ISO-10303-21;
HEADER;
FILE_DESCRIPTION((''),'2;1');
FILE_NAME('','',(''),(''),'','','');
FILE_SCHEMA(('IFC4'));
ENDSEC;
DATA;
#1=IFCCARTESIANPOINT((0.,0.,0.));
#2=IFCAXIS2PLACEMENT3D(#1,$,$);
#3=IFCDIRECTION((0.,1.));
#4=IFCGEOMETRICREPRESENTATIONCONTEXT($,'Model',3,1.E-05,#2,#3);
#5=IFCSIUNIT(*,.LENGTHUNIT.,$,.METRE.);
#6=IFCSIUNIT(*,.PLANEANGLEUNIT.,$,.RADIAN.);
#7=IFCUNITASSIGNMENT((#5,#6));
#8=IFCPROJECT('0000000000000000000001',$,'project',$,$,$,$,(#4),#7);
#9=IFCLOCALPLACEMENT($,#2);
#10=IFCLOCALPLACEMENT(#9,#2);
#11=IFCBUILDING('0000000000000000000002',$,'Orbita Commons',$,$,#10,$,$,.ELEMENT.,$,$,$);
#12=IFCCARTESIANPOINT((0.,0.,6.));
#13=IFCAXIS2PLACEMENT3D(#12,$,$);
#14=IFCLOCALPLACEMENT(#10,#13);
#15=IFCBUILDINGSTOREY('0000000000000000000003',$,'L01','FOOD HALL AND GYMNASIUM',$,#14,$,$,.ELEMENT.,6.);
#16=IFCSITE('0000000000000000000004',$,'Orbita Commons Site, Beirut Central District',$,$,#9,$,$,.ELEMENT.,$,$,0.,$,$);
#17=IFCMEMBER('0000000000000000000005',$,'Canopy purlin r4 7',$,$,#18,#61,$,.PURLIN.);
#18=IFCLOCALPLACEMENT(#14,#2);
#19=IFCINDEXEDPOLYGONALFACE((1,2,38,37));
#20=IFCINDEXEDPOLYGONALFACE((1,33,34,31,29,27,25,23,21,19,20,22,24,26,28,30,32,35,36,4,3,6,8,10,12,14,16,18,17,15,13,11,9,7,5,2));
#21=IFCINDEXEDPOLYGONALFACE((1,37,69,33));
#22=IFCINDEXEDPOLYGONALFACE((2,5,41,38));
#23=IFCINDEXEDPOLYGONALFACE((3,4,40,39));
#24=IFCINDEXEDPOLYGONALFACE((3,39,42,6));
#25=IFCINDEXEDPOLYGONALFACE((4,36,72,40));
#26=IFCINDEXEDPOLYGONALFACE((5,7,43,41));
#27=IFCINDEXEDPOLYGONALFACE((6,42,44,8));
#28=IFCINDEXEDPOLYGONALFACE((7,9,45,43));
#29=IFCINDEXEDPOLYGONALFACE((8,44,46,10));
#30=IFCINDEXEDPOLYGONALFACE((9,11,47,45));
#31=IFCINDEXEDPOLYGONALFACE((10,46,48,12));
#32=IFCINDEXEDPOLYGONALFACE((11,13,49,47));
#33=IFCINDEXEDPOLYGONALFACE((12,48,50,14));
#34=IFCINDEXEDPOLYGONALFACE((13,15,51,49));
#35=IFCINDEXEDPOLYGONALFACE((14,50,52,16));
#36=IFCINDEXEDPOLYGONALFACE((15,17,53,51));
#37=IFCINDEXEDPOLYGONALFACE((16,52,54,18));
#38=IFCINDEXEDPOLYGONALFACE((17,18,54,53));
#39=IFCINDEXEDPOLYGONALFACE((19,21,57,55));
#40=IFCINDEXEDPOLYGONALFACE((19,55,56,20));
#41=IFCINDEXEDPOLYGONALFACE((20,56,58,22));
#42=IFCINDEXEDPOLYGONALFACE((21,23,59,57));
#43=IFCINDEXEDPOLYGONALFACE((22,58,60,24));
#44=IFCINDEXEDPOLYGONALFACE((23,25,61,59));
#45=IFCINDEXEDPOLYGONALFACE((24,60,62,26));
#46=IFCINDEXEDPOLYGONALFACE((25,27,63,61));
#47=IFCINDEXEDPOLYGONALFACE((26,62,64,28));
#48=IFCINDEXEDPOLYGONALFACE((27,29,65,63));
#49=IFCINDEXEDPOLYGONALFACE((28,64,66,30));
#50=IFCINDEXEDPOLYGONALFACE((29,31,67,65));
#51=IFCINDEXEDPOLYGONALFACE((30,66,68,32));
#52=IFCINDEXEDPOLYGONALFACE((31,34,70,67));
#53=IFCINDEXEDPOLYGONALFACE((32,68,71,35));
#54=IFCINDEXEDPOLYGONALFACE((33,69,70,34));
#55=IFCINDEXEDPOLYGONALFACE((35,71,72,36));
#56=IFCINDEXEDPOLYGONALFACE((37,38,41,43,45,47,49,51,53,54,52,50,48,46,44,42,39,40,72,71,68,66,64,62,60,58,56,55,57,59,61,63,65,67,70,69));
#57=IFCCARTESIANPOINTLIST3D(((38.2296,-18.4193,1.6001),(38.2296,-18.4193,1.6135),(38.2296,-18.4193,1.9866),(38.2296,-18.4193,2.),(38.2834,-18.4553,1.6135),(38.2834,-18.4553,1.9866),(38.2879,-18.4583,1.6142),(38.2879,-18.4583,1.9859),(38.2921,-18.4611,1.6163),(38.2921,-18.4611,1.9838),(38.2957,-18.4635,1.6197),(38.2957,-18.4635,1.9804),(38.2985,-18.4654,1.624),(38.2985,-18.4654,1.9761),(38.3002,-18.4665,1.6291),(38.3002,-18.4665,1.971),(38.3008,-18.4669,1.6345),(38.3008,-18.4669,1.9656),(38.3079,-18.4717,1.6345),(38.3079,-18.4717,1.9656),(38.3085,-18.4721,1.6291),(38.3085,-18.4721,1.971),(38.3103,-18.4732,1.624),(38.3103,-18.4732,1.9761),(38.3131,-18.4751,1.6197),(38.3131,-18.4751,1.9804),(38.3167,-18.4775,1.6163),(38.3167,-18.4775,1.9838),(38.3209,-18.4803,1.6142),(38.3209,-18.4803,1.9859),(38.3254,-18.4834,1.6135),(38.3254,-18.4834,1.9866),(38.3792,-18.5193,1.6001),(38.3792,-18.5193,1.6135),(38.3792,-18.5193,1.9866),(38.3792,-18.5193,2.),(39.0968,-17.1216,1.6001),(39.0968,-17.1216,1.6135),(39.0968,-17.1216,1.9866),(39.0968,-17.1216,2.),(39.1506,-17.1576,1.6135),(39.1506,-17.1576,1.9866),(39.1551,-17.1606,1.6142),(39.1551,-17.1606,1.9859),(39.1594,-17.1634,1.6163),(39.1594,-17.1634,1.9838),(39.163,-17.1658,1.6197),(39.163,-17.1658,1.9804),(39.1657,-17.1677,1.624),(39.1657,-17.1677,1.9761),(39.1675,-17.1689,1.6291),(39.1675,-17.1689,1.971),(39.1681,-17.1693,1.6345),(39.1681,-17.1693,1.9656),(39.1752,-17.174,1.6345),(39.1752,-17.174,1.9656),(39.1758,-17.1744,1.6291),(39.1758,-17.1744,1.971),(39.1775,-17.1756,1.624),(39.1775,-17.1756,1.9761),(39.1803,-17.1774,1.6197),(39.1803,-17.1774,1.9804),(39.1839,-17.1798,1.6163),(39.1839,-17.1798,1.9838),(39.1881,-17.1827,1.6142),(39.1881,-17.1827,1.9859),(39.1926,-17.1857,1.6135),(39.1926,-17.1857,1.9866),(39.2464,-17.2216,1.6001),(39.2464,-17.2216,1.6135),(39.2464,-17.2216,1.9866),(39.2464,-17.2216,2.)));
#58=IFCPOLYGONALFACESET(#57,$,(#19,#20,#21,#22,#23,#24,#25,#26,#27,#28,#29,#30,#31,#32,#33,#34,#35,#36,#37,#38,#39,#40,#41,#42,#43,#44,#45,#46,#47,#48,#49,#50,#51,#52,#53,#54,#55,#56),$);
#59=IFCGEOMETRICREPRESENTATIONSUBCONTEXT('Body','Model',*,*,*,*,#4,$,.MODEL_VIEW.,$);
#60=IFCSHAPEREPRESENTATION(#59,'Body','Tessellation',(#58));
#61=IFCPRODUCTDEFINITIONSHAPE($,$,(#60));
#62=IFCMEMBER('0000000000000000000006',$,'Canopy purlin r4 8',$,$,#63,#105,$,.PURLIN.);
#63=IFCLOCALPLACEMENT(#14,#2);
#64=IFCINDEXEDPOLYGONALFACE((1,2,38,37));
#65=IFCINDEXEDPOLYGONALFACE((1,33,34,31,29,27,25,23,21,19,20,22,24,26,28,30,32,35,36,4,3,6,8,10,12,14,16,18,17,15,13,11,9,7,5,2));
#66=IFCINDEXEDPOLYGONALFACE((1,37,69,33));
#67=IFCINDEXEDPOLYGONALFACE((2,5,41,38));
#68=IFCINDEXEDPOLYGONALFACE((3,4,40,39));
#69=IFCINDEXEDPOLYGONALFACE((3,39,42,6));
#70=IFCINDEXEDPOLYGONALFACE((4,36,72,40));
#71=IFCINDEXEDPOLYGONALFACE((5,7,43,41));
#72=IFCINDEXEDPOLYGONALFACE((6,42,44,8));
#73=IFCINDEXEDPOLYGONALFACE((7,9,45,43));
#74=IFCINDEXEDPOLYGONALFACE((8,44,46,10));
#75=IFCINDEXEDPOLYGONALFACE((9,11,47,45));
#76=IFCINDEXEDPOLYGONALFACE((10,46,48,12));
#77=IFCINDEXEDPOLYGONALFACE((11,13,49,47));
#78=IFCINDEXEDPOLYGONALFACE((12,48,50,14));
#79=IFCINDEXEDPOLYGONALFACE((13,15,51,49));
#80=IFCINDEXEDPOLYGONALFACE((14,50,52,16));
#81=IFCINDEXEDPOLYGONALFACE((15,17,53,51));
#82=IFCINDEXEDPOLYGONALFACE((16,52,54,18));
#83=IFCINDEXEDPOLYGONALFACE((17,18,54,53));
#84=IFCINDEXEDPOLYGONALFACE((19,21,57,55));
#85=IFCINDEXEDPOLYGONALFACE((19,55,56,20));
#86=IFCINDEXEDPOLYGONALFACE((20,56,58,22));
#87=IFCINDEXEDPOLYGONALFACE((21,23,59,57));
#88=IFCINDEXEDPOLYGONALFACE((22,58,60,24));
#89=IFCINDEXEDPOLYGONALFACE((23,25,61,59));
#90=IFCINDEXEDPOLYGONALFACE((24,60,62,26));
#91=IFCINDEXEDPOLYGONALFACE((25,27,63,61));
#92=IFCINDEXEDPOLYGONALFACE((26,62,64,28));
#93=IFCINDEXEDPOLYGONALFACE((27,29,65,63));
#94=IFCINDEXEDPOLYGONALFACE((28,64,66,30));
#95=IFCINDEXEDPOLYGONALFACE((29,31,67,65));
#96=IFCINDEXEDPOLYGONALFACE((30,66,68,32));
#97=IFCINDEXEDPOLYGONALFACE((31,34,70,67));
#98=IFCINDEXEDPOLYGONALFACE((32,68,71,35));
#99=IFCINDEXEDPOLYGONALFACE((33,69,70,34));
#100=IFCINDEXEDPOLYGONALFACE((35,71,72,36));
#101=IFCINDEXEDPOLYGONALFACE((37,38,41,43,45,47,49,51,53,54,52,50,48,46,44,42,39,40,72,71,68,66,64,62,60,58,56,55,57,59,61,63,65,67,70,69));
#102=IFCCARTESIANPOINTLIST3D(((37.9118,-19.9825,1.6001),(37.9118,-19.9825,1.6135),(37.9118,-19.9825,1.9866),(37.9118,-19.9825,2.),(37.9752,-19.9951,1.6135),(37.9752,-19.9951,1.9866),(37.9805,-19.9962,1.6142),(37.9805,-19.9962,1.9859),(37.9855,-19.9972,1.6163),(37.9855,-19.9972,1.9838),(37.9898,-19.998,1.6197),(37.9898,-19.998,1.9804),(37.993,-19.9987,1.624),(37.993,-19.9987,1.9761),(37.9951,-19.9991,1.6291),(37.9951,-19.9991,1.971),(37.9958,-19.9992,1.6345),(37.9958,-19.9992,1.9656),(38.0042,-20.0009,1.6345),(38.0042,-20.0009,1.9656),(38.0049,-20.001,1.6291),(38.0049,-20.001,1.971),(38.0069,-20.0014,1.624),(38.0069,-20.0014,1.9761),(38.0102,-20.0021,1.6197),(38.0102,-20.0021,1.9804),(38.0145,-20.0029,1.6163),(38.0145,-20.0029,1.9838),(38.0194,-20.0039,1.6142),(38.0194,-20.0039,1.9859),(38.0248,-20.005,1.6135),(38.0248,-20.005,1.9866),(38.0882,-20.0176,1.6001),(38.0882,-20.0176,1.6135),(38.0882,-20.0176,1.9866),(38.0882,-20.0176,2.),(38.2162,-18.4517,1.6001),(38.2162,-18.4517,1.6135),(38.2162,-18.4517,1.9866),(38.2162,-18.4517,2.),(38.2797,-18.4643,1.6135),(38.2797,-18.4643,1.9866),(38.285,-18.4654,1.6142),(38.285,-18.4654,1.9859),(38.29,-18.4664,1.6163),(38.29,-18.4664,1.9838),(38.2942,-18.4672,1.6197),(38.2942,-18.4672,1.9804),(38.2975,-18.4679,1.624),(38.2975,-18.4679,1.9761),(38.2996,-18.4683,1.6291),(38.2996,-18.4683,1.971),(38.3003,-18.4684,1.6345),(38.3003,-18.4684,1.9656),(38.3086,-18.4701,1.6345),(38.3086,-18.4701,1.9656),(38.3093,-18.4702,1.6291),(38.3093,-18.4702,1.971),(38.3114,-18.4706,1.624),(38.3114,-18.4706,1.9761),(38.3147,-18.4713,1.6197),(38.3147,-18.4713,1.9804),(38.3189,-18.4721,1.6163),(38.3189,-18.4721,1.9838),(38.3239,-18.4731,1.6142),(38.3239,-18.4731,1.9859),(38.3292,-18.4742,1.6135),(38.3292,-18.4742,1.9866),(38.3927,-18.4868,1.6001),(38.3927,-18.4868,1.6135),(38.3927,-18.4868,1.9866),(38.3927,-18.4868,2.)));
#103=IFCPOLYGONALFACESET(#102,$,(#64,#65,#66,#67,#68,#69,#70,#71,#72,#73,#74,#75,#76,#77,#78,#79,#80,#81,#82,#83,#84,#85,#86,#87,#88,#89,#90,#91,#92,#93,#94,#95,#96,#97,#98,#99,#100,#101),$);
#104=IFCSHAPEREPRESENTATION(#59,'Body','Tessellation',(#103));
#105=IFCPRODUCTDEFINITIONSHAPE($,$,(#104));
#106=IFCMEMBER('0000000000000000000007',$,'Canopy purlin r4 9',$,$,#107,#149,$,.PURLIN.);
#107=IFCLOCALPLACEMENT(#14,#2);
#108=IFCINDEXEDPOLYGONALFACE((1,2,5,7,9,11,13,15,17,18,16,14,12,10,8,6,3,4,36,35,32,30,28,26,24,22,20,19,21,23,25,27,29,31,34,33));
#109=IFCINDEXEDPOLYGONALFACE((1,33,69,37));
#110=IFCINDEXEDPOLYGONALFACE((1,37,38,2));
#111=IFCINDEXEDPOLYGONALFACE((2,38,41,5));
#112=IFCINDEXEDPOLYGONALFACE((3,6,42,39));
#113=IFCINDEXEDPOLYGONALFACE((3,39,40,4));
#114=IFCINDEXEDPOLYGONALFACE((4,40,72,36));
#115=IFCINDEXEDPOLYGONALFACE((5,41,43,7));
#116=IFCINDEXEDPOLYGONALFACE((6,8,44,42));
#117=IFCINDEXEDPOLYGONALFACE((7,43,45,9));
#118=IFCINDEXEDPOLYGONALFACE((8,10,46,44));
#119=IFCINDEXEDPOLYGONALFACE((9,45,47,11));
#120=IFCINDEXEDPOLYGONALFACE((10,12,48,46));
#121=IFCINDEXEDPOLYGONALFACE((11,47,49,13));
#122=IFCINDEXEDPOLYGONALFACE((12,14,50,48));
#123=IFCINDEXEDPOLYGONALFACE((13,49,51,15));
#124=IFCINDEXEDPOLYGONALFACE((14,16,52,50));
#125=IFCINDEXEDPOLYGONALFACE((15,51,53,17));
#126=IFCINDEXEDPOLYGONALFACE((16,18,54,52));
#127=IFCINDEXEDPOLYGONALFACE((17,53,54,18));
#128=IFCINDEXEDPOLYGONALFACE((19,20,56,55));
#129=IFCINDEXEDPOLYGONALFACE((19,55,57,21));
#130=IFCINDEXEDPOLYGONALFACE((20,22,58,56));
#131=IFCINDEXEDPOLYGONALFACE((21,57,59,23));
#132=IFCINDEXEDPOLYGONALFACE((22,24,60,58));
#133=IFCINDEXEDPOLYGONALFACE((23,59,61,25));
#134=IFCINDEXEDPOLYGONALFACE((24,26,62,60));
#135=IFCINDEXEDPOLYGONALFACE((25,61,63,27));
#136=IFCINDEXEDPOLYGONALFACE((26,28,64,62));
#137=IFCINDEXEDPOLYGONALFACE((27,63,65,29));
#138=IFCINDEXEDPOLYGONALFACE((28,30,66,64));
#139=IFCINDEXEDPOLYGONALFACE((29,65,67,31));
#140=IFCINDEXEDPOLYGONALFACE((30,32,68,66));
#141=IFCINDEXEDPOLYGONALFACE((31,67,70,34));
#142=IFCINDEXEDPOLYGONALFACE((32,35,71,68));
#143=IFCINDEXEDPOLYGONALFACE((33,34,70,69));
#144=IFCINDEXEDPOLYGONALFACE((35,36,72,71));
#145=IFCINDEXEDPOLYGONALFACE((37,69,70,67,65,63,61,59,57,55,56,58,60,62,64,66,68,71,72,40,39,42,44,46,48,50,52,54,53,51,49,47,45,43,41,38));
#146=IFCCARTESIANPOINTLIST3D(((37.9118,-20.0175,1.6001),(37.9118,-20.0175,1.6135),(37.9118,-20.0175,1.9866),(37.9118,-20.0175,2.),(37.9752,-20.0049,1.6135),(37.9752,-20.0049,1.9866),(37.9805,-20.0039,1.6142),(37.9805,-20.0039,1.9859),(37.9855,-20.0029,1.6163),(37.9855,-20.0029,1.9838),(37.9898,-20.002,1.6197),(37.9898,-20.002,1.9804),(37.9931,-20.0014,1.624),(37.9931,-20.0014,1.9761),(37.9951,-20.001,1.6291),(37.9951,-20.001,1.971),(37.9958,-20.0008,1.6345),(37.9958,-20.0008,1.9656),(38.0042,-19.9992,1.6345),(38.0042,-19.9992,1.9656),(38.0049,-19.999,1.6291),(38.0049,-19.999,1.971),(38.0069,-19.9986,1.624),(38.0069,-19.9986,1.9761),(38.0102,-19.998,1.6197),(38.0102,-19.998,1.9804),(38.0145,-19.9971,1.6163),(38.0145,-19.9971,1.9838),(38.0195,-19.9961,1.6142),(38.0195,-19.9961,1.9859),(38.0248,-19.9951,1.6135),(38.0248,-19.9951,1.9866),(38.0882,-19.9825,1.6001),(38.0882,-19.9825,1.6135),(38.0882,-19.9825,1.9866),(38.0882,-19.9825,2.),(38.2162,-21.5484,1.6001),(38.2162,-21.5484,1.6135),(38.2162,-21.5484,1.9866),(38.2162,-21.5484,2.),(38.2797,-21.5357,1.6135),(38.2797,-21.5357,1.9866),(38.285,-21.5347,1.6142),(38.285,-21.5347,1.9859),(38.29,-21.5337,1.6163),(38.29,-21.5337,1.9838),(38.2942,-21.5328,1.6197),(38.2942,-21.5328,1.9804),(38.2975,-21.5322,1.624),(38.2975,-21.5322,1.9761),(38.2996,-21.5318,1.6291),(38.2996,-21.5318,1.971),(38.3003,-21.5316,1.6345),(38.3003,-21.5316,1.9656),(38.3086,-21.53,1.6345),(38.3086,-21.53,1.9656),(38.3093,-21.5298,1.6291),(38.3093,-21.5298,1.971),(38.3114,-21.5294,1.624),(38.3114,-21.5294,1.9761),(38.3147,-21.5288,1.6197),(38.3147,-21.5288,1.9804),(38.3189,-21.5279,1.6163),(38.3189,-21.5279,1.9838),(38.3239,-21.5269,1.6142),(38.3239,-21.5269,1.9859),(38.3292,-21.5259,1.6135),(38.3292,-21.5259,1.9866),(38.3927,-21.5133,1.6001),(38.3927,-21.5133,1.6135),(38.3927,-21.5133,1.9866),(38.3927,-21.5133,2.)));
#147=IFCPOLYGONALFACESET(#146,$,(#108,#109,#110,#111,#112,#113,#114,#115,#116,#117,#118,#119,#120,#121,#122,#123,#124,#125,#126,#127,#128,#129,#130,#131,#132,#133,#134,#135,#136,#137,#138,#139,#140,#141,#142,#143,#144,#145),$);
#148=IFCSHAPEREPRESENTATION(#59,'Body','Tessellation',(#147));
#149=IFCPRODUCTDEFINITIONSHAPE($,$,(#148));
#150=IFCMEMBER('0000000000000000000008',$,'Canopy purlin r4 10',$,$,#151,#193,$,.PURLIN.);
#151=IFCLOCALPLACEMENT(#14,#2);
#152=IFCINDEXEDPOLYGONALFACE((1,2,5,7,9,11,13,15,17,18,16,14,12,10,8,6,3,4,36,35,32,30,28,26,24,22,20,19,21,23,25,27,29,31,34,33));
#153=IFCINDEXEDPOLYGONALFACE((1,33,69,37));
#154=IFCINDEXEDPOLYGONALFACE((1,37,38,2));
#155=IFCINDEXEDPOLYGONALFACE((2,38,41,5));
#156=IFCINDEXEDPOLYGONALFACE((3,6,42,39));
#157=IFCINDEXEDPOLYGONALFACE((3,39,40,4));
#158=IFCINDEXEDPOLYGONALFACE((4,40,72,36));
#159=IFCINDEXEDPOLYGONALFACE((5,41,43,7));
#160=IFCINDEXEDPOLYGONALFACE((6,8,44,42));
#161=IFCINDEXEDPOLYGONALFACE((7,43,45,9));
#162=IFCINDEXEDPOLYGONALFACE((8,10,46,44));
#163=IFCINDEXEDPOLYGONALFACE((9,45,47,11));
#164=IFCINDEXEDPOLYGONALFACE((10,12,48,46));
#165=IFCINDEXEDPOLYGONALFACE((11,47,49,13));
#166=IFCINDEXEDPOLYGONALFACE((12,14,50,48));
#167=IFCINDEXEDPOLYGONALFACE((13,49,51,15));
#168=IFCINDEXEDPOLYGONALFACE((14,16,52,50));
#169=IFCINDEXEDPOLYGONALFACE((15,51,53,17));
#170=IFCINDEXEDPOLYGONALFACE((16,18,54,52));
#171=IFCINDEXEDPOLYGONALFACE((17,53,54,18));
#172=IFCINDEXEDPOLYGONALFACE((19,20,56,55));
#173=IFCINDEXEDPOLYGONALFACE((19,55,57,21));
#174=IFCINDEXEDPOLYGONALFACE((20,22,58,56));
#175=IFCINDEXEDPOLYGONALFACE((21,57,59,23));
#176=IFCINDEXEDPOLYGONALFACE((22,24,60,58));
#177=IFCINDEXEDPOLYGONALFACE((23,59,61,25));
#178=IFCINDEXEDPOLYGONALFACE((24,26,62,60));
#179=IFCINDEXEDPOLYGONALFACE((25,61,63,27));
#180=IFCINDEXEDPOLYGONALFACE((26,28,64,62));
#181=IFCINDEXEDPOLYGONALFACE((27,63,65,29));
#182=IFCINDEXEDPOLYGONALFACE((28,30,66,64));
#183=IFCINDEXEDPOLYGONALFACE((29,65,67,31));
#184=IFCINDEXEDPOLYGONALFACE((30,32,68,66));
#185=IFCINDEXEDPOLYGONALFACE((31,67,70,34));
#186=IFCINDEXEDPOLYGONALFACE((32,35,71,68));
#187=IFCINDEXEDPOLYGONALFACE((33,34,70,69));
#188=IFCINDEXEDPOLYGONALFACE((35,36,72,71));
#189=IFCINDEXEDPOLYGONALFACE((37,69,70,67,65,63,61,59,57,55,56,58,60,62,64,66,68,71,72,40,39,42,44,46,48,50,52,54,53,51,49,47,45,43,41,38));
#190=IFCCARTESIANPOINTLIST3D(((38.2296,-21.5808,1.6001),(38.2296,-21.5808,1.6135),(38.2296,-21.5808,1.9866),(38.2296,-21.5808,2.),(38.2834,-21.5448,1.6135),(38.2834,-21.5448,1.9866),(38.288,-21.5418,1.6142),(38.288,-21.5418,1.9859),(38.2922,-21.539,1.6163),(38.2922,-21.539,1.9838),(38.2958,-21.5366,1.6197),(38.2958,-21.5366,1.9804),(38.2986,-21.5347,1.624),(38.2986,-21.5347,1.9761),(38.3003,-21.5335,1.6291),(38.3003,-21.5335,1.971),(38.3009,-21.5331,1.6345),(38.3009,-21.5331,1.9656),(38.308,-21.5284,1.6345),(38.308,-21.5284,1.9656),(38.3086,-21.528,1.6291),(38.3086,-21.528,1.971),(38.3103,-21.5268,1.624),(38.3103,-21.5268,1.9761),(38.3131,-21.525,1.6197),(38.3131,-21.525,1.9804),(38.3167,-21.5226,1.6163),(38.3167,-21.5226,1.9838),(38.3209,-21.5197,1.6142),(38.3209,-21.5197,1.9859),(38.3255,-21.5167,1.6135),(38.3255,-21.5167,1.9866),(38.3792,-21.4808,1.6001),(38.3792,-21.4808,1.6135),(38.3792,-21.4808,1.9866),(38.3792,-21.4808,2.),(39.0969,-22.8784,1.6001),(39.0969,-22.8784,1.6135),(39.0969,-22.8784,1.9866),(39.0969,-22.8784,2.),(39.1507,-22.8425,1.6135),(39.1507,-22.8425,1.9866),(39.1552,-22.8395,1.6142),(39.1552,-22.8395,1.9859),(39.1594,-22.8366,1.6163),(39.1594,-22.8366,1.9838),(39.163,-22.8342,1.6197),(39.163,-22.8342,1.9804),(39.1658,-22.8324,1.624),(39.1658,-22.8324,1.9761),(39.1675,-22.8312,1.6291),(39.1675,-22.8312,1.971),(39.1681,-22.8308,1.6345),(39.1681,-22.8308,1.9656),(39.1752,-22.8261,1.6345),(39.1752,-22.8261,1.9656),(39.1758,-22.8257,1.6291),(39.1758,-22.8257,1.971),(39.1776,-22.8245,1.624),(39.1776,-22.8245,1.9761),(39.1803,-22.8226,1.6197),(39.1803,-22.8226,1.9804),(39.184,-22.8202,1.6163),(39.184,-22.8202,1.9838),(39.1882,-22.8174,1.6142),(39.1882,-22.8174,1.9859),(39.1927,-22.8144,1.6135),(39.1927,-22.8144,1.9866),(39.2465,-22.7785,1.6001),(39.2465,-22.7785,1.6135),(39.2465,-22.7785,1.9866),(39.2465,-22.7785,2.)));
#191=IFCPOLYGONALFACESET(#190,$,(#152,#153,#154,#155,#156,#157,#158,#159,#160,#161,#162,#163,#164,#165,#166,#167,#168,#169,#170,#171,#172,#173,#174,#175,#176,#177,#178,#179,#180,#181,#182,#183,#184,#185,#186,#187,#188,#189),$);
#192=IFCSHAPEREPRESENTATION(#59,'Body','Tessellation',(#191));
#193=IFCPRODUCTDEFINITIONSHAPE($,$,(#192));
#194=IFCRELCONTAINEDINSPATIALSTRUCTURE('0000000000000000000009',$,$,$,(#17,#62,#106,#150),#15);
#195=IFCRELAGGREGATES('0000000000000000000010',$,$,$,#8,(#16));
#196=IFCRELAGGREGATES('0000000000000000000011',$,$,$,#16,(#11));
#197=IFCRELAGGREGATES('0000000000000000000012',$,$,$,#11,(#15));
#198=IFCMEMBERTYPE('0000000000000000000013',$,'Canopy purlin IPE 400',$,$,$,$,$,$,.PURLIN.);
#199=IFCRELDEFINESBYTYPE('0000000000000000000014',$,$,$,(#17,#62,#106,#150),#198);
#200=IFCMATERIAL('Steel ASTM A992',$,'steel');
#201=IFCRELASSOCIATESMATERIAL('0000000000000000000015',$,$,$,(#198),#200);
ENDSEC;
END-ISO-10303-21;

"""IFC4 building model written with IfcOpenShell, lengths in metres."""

from ifc_helpers import new_model, si_unit, direction, frame, origin, origin_2d, place, context, subcontext, project, spatial, i_section, extrude, material, material_profile, profile_set, type_object, element, save


model = new_model("IFC4")

# Units and contexts
model_context = context("Model", 3, precision=1e-05, world=origin(), true_north=direction((0.0, 1.0)))
body_context = subcontext(model_context, "Body", "Model", "MODEL_VIEW")
ifc_project = project(units=[si_unit("LENGTHUNIT", "METRE"), si_unit("PLANEANGLEUNIT", "RADIAN")], contexts=[model_context])

# Site, building, storey
site_placement = place(None, origin())
site = spatial("IfcSite", under=ifc_project, at=site_placement, Name="Orbita Commons Site, Beirut Central District", CompositionType="ELEMENT", RefElevation=0.0)
building_placement = place(site_placement, origin())
building = spatial("IfcBuilding", under=site, at=building_placement, Name="Orbita Commons", CompositionType="ELEMENT")
storey_placement = place(building_placement, frame((0.0, 0.0, 6.0)))
storey = spatial("IfcBuildingStorey", under=building, at=storey_placement, Name="L01", Description="FOOD HALL AND GYMNASIUM", CompositionType="ELEMENT", Elevation=6.0)

# Members
ifc_material_1 = material(Name="Steel ASTM A992", Category="steel")
ifc_material_profile_1 = material_profile(ifc_material_1, i_section(OverallWidth=0.1799, OverallDepth=0.3999, WebThickness=0.0085, FlangeThickness=0.0134, FilletRadius=0.021, at=origin_2d()), Name="IPE 400")
ifc_profile_set_1 = profile_set([ifc_material_profile_1], Name="Steel ASTM A992")
member_type_1 = type_object("IfcMemberType", Name="Canopy purlin IPE 400", PredefinedType="PURLIN", material=ifc_profile_set_1)
for number, where, z_axis, x_axis, name in (
    (1, (39.1716, -17.1716, 1.8), (-0.555638, -0.831424, 0.0), (0.831424, -0.555638, 0.0), "Canopy purlin r4 7"),
    (2, (38.3044, -18.4692, 1.8), (-0.195063, -0.980791, 0.0), (0.980791, -0.195063, 0.0), "Canopy purlin r4 8"),
    (3, (38.0, -20.0, 1.8), (0.195063, -0.980791, 0.0), (0.980791, 0.195063, 0.0), "Canopy purlin r4 9"),
    (4, (38.3044, -21.5308, 1.8), (0.555638, -0.831424, 0.0), (0.831424, 0.555638, 0.0), "Canopy purlin r4 10"),
):
    element("IfcMember", number, at=place(storey_placement, frame(where, z_axis=z_axis, x_axis=x_axis)), inside=storey, type_object=member_type_1, Name=name, PredefinedType="PURLIN", context=body_context, shape_type="SweptSolid", body=[
        extrude(i_section(OverallWidth=0.1799, OverallDepth=0.3999, WebThickness=0.0085, FlangeThickness=0.0134, FilletRadius=0.021, at=origin_2d()), origin(), (0.0, 0.0, 1.0), 1.5608),
    ])

save(model, "model.ifc")
